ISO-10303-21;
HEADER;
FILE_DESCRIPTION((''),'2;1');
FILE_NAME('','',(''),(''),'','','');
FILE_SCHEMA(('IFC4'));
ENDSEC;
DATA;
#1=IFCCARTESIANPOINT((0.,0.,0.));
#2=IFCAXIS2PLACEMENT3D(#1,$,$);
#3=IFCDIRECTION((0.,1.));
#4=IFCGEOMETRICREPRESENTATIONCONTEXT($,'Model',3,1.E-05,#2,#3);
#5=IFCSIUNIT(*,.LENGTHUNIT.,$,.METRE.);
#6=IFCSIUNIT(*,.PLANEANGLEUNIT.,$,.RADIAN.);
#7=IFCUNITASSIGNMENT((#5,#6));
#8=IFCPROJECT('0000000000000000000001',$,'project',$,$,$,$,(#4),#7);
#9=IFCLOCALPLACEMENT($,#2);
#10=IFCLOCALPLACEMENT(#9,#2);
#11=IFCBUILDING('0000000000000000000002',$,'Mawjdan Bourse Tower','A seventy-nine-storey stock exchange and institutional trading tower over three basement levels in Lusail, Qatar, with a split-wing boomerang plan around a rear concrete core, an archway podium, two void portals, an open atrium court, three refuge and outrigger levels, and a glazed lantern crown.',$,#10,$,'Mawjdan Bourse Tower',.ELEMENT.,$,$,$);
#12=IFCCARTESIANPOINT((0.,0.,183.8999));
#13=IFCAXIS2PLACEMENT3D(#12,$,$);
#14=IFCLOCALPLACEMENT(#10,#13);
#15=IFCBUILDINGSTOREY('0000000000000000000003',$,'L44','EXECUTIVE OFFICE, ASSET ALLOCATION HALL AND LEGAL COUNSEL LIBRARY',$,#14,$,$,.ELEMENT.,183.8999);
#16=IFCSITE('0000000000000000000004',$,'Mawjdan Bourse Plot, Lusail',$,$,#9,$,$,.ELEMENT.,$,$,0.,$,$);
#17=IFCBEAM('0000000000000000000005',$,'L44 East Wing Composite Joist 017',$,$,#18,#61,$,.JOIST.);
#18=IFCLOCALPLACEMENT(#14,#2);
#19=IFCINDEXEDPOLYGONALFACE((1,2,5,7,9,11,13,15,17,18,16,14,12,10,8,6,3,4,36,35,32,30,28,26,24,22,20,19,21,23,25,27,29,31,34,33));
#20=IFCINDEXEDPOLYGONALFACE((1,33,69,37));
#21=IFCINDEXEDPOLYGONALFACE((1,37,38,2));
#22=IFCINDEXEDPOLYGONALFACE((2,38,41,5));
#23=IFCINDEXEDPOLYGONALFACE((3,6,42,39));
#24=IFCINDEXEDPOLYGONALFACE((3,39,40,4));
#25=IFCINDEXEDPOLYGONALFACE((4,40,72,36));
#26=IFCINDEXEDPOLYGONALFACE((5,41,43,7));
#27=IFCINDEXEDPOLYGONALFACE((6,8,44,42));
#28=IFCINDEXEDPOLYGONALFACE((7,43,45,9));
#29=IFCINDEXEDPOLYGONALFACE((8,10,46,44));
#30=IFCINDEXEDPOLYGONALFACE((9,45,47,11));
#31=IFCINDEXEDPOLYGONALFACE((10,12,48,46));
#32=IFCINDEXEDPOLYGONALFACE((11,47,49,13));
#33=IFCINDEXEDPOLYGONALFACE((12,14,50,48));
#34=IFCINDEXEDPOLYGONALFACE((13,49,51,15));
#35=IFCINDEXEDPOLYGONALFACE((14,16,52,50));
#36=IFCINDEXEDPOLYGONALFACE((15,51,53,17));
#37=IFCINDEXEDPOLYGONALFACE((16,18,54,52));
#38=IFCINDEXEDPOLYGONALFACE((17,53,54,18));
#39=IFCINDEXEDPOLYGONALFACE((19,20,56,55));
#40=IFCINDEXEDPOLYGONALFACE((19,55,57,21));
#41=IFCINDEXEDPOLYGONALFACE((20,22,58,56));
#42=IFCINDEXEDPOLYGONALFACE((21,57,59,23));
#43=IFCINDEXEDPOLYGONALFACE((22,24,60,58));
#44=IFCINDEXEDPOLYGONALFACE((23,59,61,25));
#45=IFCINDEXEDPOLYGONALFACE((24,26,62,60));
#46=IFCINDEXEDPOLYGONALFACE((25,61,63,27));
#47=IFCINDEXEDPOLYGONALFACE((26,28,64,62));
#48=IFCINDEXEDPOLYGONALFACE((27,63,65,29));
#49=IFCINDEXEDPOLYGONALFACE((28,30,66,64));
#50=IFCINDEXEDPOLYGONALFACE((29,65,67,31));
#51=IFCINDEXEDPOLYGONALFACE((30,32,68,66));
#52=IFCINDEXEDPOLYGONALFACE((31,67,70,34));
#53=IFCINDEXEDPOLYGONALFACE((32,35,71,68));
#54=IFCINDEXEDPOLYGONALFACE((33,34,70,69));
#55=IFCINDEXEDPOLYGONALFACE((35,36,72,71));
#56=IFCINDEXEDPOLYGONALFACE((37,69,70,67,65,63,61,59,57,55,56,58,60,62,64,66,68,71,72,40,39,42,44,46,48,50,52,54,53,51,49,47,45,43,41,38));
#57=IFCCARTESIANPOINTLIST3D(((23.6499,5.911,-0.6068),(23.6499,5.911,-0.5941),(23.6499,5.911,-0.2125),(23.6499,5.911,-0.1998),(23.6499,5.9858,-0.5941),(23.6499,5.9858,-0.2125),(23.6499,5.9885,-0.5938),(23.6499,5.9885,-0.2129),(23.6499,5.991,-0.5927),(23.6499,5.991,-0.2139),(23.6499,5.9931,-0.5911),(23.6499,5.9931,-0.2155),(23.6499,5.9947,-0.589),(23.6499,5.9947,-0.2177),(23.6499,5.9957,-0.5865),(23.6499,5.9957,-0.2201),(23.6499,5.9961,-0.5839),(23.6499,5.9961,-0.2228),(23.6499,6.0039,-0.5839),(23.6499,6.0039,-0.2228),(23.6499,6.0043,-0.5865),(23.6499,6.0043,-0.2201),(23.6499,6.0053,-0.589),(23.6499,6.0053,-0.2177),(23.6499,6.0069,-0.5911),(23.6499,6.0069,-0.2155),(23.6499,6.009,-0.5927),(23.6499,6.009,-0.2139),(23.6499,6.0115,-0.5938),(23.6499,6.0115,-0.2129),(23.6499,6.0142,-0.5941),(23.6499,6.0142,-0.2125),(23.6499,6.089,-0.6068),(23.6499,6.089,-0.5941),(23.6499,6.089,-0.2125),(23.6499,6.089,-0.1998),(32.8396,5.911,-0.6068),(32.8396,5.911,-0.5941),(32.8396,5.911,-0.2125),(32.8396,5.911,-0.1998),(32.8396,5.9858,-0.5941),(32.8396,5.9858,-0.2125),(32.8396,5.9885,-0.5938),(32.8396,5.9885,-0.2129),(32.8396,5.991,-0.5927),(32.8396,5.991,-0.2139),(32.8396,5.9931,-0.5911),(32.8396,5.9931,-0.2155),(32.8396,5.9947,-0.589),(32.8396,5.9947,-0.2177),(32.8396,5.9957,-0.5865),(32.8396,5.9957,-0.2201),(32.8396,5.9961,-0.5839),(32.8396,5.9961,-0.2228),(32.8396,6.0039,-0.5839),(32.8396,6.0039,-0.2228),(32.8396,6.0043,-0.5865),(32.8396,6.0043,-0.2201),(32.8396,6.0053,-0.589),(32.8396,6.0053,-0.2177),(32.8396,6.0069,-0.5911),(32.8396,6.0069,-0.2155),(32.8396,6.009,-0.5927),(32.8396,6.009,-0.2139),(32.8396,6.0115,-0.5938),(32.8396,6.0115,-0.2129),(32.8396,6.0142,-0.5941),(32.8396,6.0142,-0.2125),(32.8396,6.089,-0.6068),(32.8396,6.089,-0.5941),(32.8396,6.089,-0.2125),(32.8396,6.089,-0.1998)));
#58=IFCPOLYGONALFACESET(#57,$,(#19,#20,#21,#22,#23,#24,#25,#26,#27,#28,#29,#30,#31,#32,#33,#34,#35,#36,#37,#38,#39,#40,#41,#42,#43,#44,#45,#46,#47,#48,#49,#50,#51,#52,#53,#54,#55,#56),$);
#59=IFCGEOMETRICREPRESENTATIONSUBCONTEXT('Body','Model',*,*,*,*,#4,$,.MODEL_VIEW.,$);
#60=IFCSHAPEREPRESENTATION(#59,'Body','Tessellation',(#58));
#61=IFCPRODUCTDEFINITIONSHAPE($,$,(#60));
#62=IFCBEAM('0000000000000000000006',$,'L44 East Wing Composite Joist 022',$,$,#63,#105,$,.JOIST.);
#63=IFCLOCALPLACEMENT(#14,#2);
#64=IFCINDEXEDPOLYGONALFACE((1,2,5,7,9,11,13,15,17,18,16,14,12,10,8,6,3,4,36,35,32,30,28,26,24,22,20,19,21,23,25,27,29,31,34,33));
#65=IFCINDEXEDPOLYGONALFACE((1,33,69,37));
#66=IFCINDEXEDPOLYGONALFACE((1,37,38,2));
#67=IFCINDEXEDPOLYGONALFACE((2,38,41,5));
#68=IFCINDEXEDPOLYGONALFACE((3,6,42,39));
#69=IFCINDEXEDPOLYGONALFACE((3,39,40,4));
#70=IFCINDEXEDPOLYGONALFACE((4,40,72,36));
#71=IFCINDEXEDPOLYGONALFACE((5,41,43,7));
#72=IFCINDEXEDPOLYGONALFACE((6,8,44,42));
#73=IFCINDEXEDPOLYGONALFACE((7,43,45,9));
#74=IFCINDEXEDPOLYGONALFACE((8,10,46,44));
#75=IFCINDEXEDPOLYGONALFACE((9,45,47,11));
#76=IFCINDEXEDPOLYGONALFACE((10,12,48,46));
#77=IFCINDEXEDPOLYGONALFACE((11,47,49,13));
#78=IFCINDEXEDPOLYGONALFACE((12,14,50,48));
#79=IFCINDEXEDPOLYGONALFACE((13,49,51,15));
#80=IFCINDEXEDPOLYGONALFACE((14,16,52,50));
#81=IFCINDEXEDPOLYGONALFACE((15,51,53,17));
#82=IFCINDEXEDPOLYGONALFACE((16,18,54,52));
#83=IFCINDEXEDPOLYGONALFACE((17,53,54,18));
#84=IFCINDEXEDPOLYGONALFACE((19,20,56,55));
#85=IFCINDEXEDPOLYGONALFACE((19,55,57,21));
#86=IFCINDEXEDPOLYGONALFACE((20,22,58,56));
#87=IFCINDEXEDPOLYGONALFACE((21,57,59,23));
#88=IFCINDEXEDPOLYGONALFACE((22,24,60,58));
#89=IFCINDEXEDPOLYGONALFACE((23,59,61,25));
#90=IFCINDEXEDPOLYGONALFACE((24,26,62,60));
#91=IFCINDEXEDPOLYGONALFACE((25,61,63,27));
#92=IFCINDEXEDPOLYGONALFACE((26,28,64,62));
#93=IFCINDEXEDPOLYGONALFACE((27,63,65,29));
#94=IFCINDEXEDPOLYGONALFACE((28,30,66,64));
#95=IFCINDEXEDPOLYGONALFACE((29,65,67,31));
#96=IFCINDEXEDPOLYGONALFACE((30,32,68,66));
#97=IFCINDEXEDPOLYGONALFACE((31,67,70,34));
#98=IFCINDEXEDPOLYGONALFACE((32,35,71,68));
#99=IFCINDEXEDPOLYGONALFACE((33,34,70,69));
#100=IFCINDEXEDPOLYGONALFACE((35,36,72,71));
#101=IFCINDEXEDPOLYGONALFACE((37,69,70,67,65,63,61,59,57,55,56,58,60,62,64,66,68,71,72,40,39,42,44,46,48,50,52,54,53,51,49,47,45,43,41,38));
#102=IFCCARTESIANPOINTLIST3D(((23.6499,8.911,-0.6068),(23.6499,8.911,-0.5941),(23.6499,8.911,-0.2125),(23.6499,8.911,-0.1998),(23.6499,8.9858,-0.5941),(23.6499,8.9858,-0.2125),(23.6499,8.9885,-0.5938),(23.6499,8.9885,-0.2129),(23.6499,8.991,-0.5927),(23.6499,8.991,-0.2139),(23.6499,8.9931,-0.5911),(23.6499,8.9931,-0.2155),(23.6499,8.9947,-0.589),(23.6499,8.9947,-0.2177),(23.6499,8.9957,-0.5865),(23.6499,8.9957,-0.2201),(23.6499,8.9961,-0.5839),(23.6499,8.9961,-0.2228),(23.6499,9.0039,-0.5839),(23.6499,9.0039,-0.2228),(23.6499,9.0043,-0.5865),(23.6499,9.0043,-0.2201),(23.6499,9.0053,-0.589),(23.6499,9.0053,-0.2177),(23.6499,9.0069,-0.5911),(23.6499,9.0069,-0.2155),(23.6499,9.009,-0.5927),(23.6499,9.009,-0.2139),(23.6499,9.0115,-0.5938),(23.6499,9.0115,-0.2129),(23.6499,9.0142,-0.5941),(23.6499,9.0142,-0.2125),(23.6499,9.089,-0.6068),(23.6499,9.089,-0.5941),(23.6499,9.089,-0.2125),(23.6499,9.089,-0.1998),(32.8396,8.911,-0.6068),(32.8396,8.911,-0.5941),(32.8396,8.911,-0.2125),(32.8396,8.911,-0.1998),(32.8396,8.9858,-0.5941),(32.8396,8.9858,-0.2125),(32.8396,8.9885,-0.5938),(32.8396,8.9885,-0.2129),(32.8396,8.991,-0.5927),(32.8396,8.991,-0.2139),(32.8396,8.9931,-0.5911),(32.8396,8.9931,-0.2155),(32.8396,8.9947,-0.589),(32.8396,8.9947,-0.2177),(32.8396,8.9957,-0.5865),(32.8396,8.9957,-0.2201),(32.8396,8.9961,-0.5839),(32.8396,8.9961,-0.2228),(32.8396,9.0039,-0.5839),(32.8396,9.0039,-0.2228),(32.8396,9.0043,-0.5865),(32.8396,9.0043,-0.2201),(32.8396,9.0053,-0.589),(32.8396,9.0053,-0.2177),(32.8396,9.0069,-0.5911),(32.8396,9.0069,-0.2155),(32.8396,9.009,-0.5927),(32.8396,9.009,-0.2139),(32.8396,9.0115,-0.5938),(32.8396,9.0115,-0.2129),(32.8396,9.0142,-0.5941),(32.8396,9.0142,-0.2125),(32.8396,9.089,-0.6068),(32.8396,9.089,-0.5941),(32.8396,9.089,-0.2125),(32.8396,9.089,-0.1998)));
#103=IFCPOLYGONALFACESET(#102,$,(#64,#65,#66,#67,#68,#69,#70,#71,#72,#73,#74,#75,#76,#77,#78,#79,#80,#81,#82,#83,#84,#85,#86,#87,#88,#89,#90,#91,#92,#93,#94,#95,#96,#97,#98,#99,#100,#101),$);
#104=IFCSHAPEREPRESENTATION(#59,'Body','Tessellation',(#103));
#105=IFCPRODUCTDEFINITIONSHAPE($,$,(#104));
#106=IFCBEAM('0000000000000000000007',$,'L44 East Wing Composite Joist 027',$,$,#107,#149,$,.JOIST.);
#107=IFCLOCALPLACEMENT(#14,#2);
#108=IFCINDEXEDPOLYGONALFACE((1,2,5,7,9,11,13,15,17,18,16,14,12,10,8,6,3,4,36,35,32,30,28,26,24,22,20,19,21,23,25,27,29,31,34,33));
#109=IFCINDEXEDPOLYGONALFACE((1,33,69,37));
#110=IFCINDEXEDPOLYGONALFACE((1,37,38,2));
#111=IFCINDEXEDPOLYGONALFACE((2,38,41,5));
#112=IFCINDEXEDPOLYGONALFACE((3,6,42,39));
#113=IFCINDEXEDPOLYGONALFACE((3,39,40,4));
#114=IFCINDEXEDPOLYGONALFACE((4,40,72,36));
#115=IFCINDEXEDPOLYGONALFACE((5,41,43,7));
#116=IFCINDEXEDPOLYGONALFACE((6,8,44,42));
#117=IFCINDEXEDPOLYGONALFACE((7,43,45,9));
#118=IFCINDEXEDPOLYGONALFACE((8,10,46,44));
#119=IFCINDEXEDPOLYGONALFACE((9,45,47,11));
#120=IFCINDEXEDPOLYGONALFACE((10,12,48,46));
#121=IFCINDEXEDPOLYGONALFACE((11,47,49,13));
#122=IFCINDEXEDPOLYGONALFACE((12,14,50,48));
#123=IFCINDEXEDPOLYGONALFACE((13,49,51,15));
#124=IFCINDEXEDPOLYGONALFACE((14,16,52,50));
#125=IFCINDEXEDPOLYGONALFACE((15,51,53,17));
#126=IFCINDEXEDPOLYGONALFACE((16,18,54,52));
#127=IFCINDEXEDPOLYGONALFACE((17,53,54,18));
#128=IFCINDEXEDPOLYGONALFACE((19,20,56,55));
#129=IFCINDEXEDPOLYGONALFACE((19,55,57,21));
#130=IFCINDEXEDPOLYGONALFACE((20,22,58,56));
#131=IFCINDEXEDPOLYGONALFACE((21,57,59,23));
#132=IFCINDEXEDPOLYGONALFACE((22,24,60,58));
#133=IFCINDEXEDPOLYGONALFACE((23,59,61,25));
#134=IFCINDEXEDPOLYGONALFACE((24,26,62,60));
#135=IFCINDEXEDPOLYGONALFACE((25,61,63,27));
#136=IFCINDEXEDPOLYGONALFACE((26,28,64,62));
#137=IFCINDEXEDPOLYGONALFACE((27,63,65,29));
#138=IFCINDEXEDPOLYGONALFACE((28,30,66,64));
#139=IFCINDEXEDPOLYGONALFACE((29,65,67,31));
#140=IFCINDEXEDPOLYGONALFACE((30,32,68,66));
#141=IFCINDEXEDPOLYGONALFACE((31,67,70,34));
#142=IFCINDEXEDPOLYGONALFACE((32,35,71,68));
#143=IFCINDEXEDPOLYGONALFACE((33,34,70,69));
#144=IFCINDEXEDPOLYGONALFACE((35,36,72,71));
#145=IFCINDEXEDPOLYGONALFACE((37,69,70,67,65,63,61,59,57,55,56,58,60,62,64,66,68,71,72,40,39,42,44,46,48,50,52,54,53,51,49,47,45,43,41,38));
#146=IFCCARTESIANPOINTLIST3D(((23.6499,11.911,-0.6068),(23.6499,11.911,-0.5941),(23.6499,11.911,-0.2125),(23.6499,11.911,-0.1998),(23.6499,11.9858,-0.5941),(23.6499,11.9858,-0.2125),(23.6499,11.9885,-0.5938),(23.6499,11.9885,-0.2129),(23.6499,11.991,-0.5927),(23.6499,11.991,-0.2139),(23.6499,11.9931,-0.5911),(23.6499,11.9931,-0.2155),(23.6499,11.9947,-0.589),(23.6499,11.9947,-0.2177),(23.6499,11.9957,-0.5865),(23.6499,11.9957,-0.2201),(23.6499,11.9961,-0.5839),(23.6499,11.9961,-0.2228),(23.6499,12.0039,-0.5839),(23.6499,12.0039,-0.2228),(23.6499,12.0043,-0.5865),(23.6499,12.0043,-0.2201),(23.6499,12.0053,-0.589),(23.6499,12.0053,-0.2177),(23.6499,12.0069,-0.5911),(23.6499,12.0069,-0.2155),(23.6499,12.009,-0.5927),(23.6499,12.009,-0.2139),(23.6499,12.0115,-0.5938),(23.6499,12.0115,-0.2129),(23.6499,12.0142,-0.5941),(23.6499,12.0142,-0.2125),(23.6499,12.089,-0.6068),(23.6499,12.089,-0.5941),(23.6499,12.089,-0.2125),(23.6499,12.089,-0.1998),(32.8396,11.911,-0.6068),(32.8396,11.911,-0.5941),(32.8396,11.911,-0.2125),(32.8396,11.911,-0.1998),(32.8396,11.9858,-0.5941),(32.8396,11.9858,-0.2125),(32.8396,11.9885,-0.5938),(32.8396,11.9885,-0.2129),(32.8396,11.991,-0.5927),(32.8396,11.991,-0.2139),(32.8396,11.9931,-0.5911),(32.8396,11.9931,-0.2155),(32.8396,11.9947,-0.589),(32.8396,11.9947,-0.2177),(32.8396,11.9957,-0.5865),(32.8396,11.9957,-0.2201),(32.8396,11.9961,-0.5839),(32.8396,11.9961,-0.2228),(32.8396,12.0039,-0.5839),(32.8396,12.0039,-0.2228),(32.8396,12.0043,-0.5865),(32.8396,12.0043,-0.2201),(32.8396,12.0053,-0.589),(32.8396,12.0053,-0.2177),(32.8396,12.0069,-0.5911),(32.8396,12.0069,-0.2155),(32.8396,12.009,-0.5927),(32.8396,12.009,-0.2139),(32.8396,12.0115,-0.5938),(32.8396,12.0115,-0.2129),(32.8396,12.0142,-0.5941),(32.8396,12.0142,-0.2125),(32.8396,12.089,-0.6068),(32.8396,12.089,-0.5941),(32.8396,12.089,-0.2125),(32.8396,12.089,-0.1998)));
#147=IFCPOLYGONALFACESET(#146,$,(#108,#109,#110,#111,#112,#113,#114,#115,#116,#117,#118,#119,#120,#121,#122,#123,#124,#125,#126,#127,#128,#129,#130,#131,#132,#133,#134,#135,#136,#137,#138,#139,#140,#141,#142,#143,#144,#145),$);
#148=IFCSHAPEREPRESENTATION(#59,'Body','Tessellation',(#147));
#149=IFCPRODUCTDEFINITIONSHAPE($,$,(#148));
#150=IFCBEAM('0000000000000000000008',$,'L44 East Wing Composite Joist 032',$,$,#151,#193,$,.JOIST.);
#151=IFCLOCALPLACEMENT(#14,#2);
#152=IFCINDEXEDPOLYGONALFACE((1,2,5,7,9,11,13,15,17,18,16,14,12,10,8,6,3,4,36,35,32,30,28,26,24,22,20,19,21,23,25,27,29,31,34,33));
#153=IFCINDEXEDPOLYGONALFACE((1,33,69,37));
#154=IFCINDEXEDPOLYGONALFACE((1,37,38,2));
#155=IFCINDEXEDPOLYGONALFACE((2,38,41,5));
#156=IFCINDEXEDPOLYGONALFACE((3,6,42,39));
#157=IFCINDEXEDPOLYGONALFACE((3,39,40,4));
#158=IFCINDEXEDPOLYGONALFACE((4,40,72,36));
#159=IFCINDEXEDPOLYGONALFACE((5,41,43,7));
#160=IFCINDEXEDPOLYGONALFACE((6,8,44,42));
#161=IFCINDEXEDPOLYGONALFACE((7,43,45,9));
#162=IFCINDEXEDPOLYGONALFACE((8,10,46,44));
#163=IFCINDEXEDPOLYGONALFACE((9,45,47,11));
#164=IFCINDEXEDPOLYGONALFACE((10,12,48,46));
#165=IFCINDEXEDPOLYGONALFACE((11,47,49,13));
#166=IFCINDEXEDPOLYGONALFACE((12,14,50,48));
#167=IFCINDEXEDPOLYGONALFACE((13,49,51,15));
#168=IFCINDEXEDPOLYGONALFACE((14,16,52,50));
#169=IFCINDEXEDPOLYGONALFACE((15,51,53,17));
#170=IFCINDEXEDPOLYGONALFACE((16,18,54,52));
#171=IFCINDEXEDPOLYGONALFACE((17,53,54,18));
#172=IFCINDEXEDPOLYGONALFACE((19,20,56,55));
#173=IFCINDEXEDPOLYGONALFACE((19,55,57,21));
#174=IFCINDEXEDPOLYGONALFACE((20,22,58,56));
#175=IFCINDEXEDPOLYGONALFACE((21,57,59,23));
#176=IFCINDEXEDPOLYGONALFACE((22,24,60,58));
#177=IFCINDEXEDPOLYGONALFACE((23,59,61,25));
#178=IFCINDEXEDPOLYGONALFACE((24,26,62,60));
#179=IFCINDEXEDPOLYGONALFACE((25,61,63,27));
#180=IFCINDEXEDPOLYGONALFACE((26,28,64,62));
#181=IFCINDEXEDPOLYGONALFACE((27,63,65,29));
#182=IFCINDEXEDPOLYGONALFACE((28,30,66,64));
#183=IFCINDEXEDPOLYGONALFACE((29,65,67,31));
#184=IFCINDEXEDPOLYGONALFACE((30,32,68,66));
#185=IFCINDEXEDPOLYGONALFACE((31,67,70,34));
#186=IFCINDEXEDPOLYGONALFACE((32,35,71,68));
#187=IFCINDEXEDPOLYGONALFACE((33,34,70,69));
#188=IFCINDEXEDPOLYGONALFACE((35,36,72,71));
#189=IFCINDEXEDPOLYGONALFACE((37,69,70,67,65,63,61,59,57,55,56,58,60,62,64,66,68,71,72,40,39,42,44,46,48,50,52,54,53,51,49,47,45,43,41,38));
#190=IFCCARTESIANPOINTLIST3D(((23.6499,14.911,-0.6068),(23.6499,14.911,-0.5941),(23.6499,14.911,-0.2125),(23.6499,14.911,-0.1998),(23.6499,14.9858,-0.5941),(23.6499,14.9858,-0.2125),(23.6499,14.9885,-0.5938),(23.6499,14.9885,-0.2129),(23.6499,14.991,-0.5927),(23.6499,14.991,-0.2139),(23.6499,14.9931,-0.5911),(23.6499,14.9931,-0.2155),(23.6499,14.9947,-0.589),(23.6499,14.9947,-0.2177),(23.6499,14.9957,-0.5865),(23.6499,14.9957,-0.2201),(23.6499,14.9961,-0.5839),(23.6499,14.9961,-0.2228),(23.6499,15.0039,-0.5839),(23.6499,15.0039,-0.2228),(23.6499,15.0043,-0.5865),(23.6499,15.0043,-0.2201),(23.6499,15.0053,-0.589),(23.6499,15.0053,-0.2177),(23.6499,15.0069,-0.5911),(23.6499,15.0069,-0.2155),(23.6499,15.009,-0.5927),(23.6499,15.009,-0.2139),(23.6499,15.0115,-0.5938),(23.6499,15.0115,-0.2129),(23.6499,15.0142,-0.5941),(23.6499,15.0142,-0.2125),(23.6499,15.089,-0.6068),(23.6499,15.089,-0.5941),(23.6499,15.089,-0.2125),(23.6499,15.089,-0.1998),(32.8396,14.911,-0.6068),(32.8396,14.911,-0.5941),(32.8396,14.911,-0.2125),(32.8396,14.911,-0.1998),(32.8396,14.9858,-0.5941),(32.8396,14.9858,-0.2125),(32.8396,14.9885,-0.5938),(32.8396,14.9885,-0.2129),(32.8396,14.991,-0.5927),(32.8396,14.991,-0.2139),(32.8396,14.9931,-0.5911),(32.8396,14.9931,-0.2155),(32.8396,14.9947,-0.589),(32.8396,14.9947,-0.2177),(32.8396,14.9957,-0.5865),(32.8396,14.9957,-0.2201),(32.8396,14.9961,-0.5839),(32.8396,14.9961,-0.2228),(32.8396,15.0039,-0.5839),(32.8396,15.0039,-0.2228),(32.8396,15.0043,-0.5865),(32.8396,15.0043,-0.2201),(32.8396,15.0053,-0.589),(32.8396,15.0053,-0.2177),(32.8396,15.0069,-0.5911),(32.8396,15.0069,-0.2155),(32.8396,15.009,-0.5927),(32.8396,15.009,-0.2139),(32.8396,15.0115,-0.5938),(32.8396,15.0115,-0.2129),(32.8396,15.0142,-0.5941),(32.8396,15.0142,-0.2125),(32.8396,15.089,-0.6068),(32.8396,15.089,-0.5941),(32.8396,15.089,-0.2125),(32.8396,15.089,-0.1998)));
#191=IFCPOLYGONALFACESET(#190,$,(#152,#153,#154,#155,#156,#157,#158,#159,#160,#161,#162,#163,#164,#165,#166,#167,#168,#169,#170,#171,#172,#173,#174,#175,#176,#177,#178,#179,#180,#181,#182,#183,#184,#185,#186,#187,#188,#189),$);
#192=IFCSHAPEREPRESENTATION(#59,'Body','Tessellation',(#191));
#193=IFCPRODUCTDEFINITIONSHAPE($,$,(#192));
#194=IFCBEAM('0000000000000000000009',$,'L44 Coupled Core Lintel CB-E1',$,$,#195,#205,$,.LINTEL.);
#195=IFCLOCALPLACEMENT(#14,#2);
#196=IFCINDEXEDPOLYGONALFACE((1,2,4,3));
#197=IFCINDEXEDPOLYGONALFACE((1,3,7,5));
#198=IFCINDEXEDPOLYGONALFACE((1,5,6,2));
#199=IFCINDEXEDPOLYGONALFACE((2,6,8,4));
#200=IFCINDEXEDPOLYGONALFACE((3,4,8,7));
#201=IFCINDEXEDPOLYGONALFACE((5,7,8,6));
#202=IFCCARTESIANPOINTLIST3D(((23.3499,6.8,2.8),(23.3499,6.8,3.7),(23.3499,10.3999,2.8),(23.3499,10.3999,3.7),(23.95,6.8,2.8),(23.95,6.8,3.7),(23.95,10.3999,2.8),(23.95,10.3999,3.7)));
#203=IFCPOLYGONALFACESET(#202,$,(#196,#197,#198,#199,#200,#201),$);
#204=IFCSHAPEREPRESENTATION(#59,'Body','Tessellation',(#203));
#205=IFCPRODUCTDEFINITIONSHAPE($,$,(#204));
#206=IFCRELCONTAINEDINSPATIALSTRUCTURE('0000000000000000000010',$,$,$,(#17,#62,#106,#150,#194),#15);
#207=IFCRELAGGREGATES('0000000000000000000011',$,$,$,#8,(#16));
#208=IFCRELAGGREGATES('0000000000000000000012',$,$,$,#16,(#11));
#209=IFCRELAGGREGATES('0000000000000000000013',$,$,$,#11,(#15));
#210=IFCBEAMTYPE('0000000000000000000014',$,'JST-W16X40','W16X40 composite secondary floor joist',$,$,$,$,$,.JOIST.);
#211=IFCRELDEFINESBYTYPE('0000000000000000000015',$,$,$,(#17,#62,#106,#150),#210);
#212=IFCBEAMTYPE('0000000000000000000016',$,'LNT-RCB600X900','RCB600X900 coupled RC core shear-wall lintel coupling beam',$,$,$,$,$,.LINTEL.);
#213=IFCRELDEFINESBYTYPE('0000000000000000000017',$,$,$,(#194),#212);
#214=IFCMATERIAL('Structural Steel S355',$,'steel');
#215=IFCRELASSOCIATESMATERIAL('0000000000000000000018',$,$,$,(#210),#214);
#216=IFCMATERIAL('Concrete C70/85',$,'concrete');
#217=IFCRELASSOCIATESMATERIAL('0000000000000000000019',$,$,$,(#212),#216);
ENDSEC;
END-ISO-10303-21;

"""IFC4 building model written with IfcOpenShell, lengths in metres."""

from ifc_helpers import new_model, si_unit, direction, frame, origin, origin_2d, place, context, subcontext, project, spatial, rectangle, i_section, extrude, material, material_profile, profile_set, type_object, element, save


model = new_model("IFC4")

# Units and contexts
model_context = context("Model", 3, precision=1e-05, world=origin(), true_north=direction((0.0, 1.0)))
body_context = subcontext(model_context, "Body", "Model", "MODEL_VIEW")
ifc_project = project(units=[si_unit("LENGTHUNIT", "METRE"), si_unit("PLANEANGLEUNIT", "RADIAN")], contexts=[model_context])

# Site, building, storey
site_placement = place(None, origin())
site = spatial("IfcSite", under=ifc_project, at=site_placement, Name="Mawjdan Bourse Plot, Lusail", CompositionType="ELEMENT", RefElevation=0.0)
building_placement = place(site_placement, origin())
building = spatial("IfcBuilding", under=site, at=building_placement, Name="Mawjdan Bourse Tower", Description="A seventy-nine-storey stock exchange and institutional trading tower over three basement levels in Lusail, Qatar, with a split-wing boomerang plan around a rear concrete core, an archway podium, two void portals, an open atrium court, three refuge and outrigger levels, and a glazed lantern crown.", LongName="Mawjdan Bourse Tower", CompositionType="ELEMENT")
storey_placement = place(building_placement, frame((0.0, 0.0, 183.8999)))
storey = spatial("IfcBuildingStorey", under=building, at=storey_placement, Name="L44", Description="EXECUTIVE OFFICE, ASSET ALLOCATION HALL AND LEGAL COUNSEL LIBRARY", CompositionType="ELEMENT", Elevation=183.8999)

# Beams
ifc_material_1 = material(Name="Structural Steel S355", Category="steel")
ifc_material_profile_1 = material_profile(ifc_material_1, i_section(OverallWidth=0.178, OverallDepth=0.407, WebThickness=0.0078, FlangeThickness=0.0127, FilletRadius=0.0103, at=origin_2d()), Name="W16X40")
ifc_profile_set_1 = profile_set([ifc_material_profile_1], Name="Structural Steel S355")
beam_type_1 = type_object("IfcBeamType", Name="JST-W16X40", Description="W16X40 composite secondary floor joist", PredefinedType="JOIST", material=ifc_profile_set_1)
for number, where, z_axis, x_axis, name in (
    (1, (23.6499, 6.0, -0.4033), (1.0, 0.0, 0.0), (0.0, 1.0, 0.0), "L44 East Wing Composite Joist 017"),
    (2, (23.6499, 9.0, -0.4033), (1.0, 0.0, 0.0), (0.0, 1.0, 0.0), "L44 East Wing Composite Joist 022"),
    (3, (23.6499, 12.0, -0.4033), (1.0, 0.0, 0.0), (0.0, 1.0, 0.0), "L44 East Wing Composite Joist 027"),
    (4, (23.6499, 15.0, -0.4033), (1.0, 0.0, 0.0), (0.0, 1.0, 0.0), "L44 East Wing Composite Joist 032"),
):
    element("IfcBeam", number, at=place(storey_placement, frame(where, z_axis=z_axis, x_axis=x_axis)), inside=storey, type_object=beam_type_1, Name=name, PredefinedType="JOIST", context=body_context, shape_type="SweptSolid", body=[
        extrude(i_section(OverallWidth=0.178, OverallDepth=0.407, WebThickness=0.0078, FlangeThickness=0.0127, FilletRadius=0.0103, at=origin_2d()), origin(), (0.0, 0.0, 1.0), 9.1897),
    ])
ifc_material_2 = material(Name="Concrete C70/85", Category="concrete")
ifc_material_profile_2 = material_profile(ifc_material_2, rectangle(XDim=0.6001, YDim=0.8999, at=origin_2d()), Name="RCB600X900")
ifc_profile_set_2 = profile_set([ifc_material_profile_2], Name="Concrete C70/85")
beam_type_2 = type_object("IfcBeamType", Name="LNT-RCB600X900", Description="RCB600X900 coupled RC core shear-wall lintel coupling beam", PredefinedType="LINTEL", material=ifc_profile_set_2)
beam_1_placement = place(storey_placement, frame((23.6499, 6.8, 3.25), z_axis=(0.0, 1.0, 0.0), x_axis=(-1.0, 0.0, 0.0)))
element("IfcBeam", 5, at=beam_1_placement, inside=storey, type_object=beam_type_2, Name="L44 Coupled Core Lintel CB-E1", PredefinedType="LINTEL", context=body_context, shape_type="SweptSolid", body=[
    extrude(rectangle(XDim=0.6001, YDim=0.8999, at=origin_2d()), origin(), (0.0, 0.0, 1.0), 3.5999),
])

save(model, "model.ifc")
